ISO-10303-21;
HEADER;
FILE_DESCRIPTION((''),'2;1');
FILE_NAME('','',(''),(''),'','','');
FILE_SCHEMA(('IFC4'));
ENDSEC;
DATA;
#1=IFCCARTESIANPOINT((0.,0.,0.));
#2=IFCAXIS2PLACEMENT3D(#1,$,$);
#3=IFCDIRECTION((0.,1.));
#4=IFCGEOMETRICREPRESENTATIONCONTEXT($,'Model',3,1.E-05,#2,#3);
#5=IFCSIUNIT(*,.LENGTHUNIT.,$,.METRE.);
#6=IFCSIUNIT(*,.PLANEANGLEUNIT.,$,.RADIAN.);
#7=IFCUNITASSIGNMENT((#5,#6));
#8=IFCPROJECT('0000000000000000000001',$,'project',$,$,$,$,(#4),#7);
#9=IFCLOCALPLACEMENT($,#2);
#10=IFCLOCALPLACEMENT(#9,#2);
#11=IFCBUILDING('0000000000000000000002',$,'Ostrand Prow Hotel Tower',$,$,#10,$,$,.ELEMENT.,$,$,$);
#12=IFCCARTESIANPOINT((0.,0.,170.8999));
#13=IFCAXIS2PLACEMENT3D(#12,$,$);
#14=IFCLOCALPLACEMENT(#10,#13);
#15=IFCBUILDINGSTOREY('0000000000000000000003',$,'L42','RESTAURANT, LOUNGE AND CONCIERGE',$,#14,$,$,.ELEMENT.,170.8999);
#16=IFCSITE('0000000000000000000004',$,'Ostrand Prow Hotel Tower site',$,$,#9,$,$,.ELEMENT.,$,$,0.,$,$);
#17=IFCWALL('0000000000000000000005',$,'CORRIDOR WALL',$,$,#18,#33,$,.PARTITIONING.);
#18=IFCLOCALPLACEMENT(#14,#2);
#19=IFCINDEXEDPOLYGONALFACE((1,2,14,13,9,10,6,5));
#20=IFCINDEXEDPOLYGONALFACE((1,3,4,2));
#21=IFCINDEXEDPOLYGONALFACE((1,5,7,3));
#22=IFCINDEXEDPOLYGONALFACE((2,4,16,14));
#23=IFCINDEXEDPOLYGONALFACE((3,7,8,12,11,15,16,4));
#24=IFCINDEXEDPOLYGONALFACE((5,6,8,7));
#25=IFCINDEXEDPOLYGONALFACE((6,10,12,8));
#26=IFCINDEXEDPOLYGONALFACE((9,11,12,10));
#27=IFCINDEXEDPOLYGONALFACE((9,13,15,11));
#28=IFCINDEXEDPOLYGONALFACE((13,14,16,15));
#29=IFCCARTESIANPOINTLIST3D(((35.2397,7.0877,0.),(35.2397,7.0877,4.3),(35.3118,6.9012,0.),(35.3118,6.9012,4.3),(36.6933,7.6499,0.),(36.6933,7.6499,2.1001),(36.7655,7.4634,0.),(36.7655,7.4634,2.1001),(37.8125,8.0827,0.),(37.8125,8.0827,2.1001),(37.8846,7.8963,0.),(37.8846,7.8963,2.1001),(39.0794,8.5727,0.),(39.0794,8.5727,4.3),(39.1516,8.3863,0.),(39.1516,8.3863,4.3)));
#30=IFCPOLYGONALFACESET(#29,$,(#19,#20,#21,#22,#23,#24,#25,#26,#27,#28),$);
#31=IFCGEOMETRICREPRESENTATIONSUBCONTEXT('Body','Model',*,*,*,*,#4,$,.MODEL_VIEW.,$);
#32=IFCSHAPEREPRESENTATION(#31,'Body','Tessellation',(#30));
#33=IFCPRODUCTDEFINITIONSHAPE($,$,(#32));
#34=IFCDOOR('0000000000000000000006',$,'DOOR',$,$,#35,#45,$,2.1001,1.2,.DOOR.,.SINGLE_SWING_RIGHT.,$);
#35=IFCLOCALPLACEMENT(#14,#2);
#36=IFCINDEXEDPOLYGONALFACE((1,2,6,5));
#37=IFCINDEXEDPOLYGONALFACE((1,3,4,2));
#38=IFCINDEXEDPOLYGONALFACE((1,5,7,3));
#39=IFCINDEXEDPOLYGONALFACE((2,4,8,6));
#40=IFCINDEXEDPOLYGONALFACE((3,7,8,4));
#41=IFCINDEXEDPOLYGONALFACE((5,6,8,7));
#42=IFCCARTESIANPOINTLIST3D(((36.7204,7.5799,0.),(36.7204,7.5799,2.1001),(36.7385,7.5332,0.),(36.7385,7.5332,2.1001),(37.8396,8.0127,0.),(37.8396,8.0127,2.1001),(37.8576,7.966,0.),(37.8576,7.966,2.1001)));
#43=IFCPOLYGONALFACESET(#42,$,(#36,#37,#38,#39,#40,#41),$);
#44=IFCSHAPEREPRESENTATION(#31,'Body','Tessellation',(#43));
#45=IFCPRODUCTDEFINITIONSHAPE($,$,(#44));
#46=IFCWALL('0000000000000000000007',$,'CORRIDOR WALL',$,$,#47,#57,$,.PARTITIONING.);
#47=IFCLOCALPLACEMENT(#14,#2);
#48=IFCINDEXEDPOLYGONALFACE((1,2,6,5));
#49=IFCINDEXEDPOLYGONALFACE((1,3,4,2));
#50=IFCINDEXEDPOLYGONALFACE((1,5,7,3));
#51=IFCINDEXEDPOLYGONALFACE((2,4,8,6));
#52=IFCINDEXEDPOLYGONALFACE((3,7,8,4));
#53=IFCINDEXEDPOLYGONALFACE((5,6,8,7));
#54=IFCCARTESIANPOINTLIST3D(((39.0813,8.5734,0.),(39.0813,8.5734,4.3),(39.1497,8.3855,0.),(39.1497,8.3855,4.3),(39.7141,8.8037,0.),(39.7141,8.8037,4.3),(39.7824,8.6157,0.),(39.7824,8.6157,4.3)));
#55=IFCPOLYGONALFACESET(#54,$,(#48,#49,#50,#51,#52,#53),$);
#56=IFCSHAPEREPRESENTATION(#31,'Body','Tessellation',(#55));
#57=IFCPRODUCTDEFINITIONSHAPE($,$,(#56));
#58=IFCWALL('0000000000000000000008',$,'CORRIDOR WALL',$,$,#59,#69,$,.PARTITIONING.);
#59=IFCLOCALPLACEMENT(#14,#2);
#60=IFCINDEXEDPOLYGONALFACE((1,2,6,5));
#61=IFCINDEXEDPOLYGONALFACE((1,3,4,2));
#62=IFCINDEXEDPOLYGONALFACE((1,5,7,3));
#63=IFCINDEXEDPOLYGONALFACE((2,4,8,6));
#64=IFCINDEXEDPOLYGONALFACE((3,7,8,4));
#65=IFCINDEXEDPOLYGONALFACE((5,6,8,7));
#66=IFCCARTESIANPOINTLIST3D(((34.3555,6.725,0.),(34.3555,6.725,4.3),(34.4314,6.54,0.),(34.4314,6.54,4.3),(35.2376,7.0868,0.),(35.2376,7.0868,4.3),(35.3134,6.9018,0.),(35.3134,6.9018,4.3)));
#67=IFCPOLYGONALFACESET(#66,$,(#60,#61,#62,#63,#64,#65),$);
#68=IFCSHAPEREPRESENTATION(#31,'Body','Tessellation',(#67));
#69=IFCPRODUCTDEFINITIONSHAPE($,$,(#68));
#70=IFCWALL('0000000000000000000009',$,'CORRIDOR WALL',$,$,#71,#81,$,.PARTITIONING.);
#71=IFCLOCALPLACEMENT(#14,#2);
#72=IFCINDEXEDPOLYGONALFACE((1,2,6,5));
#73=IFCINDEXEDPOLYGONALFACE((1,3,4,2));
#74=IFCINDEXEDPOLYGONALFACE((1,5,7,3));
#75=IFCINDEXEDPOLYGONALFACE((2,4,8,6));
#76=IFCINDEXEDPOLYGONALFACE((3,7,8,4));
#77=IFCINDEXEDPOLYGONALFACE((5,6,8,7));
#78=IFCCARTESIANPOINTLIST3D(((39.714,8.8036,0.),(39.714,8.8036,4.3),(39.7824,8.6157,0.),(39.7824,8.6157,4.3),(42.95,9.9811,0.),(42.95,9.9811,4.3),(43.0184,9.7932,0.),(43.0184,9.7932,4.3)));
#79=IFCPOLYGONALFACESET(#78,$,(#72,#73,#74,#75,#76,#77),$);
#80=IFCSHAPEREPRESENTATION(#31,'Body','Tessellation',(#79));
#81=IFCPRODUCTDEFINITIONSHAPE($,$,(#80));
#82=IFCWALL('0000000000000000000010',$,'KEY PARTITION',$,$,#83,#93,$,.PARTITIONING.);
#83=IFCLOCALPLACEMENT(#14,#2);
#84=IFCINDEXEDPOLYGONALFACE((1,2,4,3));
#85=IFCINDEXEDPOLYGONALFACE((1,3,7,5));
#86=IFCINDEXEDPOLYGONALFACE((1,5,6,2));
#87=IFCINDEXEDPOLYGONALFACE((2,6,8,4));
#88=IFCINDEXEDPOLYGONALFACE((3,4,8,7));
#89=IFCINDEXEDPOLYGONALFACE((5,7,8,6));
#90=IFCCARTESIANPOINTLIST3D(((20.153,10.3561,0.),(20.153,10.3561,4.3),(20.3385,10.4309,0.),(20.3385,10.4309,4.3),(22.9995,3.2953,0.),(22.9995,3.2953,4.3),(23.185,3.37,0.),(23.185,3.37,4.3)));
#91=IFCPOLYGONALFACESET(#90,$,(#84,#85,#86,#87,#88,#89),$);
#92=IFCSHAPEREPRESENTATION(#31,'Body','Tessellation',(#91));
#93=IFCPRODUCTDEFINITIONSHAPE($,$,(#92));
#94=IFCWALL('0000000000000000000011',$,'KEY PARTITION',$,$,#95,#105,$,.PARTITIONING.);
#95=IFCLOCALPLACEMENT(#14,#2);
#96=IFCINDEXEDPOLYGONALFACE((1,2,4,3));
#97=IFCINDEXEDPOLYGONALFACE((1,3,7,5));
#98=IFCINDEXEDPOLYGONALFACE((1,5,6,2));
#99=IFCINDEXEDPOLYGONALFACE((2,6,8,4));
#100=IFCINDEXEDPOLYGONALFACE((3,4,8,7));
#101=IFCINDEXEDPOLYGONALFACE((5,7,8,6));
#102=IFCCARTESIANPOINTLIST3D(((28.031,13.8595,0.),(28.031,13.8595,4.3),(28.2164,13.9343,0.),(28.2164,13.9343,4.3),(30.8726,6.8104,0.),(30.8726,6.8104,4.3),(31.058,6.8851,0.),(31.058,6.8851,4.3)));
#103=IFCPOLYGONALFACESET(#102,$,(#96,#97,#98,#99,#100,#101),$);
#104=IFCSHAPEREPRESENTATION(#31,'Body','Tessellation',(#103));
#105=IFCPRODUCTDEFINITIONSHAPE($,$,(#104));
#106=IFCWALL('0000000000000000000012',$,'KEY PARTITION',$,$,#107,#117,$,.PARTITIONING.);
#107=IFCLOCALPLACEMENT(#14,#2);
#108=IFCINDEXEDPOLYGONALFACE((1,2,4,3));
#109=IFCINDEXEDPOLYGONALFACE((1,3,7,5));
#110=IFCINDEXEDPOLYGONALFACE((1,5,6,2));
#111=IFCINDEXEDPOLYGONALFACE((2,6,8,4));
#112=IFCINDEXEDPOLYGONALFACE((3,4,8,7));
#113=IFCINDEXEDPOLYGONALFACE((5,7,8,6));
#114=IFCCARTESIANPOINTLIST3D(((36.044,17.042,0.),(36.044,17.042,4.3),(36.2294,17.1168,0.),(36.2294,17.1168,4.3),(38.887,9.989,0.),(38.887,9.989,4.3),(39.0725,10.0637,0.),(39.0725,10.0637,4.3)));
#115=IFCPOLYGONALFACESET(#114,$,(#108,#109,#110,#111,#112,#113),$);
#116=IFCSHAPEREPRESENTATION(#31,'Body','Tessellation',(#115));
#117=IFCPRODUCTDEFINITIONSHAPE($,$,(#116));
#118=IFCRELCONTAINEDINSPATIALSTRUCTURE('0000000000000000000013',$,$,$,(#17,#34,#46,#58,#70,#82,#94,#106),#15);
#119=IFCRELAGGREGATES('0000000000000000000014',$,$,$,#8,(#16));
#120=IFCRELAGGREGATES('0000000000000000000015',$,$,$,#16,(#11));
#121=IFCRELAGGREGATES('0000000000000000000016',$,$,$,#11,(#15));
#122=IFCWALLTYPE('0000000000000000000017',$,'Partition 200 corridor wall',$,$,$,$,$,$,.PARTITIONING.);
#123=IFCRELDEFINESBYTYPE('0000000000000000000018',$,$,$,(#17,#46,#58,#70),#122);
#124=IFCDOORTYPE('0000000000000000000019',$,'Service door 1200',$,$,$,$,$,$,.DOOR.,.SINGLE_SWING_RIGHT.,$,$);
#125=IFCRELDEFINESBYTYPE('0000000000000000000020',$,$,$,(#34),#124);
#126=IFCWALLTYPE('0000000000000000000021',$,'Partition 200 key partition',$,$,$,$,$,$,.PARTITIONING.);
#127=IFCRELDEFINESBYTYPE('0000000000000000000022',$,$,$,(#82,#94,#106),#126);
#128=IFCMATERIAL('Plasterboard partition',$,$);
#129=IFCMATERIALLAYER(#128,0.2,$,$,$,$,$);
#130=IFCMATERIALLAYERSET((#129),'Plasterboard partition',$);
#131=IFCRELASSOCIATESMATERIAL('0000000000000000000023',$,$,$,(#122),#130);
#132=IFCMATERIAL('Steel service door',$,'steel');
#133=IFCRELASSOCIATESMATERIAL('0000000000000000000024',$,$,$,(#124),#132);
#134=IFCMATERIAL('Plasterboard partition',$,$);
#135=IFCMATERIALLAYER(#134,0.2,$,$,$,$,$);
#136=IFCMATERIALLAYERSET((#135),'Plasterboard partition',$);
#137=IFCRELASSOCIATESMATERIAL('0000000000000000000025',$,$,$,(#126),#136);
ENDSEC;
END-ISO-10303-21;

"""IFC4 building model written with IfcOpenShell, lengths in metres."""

from ifc_helpers import new_model, si_unit, direction, frame, frame_2d, origin, place, context, subcontext, project, spatial, rectangle, extrude, material, layer, layer_set, type_object, element, fill, save


model = new_model("IFC4")

# Units and contexts
model_context = context("Model", 3, precision=1e-05, world=origin(), true_north=direction((0.0, 1.0)))
body_context = subcontext(model_context, "Body", "Model", "MODEL_VIEW")
ifc_project = project(units=[si_unit("LENGTHUNIT", "METRE"), si_unit("PLANEANGLEUNIT", "RADIAN")], contexts=[model_context])

# Site, building, storey
site_placement = place(None, origin())
site = spatial("IfcSite", under=ifc_project, at=site_placement, Name="Ostrand Prow Hotel Tower site", CompositionType="ELEMENT", RefElevation=0.0)
building_placement = place(site_placement, origin())
building = spatial("IfcBuilding", under=site, at=building_placement, Name="Ostrand Prow Hotel Tower", CompositionType="ELEMENT")
storey_placement = place(building_placement, frame((0.0, 0.0, 170.8999)))
storey = spatial("IfcBuildingStorey", under=building, at=storey_placement, Name="L42", Description="RESTAURANT, LOUNGE AND CONCIERGE", CompositionType="ELEMENT", Elevation=170.8999)

# Shared definitions
ifc_material_1 = material(Name="Plasterboard partition")
ifc_layer_1 = layer(ifc_material_1, 0.2)
ifc_layer_set_1 = layer_set([ifc_layer_1], Name="Plasterboard partition")
wall_type_1 = type_object("IfcWallType", Name="Partition 200 corridor wall", PredefinedType="PARTITIONING", material=ifc_layer_set_1)

# Wall, opening, door
wall_1_placement = place(storey_placement, frame((35.2756, 6.9944, 0.0), z_axis=(0.0, 0.0, 1.0), x_axis=(0.932673, 0.360723, 0.0)))
wall_1 = element("IfcWall", 1, at=wall_1_placement, inside=storey, type_object=wall_type_1, Name="CORRIDOR WALL", PredefinedType="PARTITIONING", context=body_context, shape_type="SweptSolid", body=[
    extrude(rectangle(XDim=4.1169, YDim=0.2, at=frame_2d((2.0586, 0.0))), origin(), (0.0, 0.0, 1.0), 4.3),
])
opening_1_placement = place(wall_1_placement, frame((1.5586, 0.0, 0.0)))
opening_1 = element("IfcOpeningElement", 2, at=opening_1_placement, cuts=wall_1, PredefinedType="OPENING", context=body_context, shape_type="SweptSolid", body=[
    extrude(rectangle(XDim=1.2, YDim=2.1001, at=frame_2d((0.6001, 1.05))), frame((0.0, 0.1099, 0.0), z_axis=(0.0, -1.0, 0.0), x_axis=(1.0, 0.0, 0.0)), (0.0, 0.0, 1.0), 0.22),
])
ifc_material_2 = material(Name="Steel service door", Category="steel")
door_type_1 = type_object("IfcDoorType", Name="Service door 1200", OperationType="SINGLE_SWING_RIGHT", PredefinedType="DOOR", material=ifc_material_2)
door_1_placement = place(opening_1_placement, origin())
door_1 = element("IfcDoor", 3, at=door_1_placement, inside=storey, type_object=door_type_1, Name="DOOR", OperationType="SINGLE_SWING_RIGHT", OverallHeight=2.1001, OverallWidth=1.2, PredefinedType="DOOR", context=body_context, shape_type="SweptSolid", body=[
    extrude(rectangle(XDim=1.2, YDim=2.1001, at=frame_2d((0.6001, 1.05))), frame((0.0, 0.0249, 0.0), z_axis=(0.0, -1.0, 0.0), x_axis=(1.0, 0.0, 0.0)), (0.0, 0.0, 1.0), 0.05),
])
fill(opening_1, door_1)

# Walls
wall_2_placement = place(storey_placement, frame((39.1155, 8.4795, 0.0), z_axis=(0.0, 0.0, 1.0), x_axis=(0.93974, 0.341889, 0.0)))
element("IfcWall", 4, at=wall_2_placement, inside=storey, type_object=wall_type_1, Name="CORRIDOR WALL", PredefinedType="PARTITIONING", context=body_context, shape_type="SweptSolid", body=[
    extrude(rectangle(XDim=0.6733, YDim=0.2, at=frame_2d((0.3367, 0.0))), origin(), (0.0, 0.0, 1.0), 4.3),
])
wall_3_placement = place(storey_placement, frame((34.3936, 6.6326, 0.0), z_axis=(0.0, 0.0, 1.0), x_axis=(0.925192, 0.3795, 0.0)))
element("IfcWall", 5, at=wall_3_placement, inside=storey, type_object=wall_type_1, Name="CORRIDOR WALL", PredefinedType="PARTITIONING", context=body_context, shape_type="SweptSolid", body=[
    extrude(rectangle(XDim=0.9534, YDim=0.2, at=frame_2d((0.4766, 0.0))), origin(), (0.0, 0.0, 1.0), 4.3),
])
wall_4_placement = place(storey_placement, frame((39.7483, 8.7097, 0.0), z_axis=(0.0, 0.0, 1.0), x_axis=(0.939725, 0.341931, 0.0)))
element("IfcWall", 6, at=wall_4_placement, inside=storey, type_object=wall_type_1, Name="CORRIDOR WALL", PredefinedType="PARTITIONING", context=body_context, shape_type="SweptSolid", body=[
    extrude(rectangle(XDim=3.4436, YDim=0.2, at=frame_2d((1.7217, 0.0))), origin(), (0.0, 0.0, 1.0), 4.3),
])
ifc_material_3 = material(Name="Plasterboard partition")
ifc_layer_2 = layer(ifc_material_3, 0.2)
ifc_layer_set_2 = layer_set([ifc_layer_2], Name="Plasterboard partition")
wall_type_2 = type_object("IfcWallType", Name="Partition 200 key partition", PredefinedType="PARTITIONING", material=ifc_layer_set_2)
wall_5_placement = place(storey_placement, frame((23.0923, 3.3325, 0.0), z_axis=(0.0, 0.0, 1.0), x_axis=(-0.373894, 0.927471, 0.0)))
element("IfcWall", 7, at=wall_5_placement, inside=storey, type_object=wall_type_2, Name="KEY PARTITION", PredefinedType="PARTITIONING", context=body_context, shape_type="SweptSolid", body=[
    extrude(rectangle(XDim=7.613, YDim=0.2, at=frame_2d((3.8066, 0.0))), origin(), (0.0, 0.0, 1.0), 4.3),
])
wall_6_placement = place(storey_placement, frame((30.9653, 6.8477, 0.0), z_axis=(0.0, 0.0, 1.0), x_axis=(-0.373876, 0.927479, 0.0)))
element("IfcWall", 8, at=wall_6_placement, inside=storey, type_object=wall_type_2, Name="KEY PARTITION", PredefinedType="PARTITIONING", context=body_context, shape_type="SweptSolid", body=[
    extrude(rectangle(XDim=7.6003, YDim=0.2, at=frame_2d((3.8003, 0.0))), origin(), (0.0, 0.0, 1.0), 4.3),
])
wall_7_placement = place(storey_placement, frame((38.9797, 10.0264, 0.0), z_axis=(0.0, 0.0, 1.0), x_axis=(-0.373864, 0.927484, 0.0)))
element("IfcWall", 9, at=wall_7_placement, inside=storey, type_object=wall_type_2, Name="KEY PARTITION", PredefinedType="PARTITIONING", context=body_context, shape_type="SweptSolid", body=[
    extrude(rectangle(XDim=7.6045, YDim=0.2, at=frame_2d((3.8022, 0.0))), origin(), (0.0, 0.0, 1.0), 4.3),
])

save(model, "model.ifc")
